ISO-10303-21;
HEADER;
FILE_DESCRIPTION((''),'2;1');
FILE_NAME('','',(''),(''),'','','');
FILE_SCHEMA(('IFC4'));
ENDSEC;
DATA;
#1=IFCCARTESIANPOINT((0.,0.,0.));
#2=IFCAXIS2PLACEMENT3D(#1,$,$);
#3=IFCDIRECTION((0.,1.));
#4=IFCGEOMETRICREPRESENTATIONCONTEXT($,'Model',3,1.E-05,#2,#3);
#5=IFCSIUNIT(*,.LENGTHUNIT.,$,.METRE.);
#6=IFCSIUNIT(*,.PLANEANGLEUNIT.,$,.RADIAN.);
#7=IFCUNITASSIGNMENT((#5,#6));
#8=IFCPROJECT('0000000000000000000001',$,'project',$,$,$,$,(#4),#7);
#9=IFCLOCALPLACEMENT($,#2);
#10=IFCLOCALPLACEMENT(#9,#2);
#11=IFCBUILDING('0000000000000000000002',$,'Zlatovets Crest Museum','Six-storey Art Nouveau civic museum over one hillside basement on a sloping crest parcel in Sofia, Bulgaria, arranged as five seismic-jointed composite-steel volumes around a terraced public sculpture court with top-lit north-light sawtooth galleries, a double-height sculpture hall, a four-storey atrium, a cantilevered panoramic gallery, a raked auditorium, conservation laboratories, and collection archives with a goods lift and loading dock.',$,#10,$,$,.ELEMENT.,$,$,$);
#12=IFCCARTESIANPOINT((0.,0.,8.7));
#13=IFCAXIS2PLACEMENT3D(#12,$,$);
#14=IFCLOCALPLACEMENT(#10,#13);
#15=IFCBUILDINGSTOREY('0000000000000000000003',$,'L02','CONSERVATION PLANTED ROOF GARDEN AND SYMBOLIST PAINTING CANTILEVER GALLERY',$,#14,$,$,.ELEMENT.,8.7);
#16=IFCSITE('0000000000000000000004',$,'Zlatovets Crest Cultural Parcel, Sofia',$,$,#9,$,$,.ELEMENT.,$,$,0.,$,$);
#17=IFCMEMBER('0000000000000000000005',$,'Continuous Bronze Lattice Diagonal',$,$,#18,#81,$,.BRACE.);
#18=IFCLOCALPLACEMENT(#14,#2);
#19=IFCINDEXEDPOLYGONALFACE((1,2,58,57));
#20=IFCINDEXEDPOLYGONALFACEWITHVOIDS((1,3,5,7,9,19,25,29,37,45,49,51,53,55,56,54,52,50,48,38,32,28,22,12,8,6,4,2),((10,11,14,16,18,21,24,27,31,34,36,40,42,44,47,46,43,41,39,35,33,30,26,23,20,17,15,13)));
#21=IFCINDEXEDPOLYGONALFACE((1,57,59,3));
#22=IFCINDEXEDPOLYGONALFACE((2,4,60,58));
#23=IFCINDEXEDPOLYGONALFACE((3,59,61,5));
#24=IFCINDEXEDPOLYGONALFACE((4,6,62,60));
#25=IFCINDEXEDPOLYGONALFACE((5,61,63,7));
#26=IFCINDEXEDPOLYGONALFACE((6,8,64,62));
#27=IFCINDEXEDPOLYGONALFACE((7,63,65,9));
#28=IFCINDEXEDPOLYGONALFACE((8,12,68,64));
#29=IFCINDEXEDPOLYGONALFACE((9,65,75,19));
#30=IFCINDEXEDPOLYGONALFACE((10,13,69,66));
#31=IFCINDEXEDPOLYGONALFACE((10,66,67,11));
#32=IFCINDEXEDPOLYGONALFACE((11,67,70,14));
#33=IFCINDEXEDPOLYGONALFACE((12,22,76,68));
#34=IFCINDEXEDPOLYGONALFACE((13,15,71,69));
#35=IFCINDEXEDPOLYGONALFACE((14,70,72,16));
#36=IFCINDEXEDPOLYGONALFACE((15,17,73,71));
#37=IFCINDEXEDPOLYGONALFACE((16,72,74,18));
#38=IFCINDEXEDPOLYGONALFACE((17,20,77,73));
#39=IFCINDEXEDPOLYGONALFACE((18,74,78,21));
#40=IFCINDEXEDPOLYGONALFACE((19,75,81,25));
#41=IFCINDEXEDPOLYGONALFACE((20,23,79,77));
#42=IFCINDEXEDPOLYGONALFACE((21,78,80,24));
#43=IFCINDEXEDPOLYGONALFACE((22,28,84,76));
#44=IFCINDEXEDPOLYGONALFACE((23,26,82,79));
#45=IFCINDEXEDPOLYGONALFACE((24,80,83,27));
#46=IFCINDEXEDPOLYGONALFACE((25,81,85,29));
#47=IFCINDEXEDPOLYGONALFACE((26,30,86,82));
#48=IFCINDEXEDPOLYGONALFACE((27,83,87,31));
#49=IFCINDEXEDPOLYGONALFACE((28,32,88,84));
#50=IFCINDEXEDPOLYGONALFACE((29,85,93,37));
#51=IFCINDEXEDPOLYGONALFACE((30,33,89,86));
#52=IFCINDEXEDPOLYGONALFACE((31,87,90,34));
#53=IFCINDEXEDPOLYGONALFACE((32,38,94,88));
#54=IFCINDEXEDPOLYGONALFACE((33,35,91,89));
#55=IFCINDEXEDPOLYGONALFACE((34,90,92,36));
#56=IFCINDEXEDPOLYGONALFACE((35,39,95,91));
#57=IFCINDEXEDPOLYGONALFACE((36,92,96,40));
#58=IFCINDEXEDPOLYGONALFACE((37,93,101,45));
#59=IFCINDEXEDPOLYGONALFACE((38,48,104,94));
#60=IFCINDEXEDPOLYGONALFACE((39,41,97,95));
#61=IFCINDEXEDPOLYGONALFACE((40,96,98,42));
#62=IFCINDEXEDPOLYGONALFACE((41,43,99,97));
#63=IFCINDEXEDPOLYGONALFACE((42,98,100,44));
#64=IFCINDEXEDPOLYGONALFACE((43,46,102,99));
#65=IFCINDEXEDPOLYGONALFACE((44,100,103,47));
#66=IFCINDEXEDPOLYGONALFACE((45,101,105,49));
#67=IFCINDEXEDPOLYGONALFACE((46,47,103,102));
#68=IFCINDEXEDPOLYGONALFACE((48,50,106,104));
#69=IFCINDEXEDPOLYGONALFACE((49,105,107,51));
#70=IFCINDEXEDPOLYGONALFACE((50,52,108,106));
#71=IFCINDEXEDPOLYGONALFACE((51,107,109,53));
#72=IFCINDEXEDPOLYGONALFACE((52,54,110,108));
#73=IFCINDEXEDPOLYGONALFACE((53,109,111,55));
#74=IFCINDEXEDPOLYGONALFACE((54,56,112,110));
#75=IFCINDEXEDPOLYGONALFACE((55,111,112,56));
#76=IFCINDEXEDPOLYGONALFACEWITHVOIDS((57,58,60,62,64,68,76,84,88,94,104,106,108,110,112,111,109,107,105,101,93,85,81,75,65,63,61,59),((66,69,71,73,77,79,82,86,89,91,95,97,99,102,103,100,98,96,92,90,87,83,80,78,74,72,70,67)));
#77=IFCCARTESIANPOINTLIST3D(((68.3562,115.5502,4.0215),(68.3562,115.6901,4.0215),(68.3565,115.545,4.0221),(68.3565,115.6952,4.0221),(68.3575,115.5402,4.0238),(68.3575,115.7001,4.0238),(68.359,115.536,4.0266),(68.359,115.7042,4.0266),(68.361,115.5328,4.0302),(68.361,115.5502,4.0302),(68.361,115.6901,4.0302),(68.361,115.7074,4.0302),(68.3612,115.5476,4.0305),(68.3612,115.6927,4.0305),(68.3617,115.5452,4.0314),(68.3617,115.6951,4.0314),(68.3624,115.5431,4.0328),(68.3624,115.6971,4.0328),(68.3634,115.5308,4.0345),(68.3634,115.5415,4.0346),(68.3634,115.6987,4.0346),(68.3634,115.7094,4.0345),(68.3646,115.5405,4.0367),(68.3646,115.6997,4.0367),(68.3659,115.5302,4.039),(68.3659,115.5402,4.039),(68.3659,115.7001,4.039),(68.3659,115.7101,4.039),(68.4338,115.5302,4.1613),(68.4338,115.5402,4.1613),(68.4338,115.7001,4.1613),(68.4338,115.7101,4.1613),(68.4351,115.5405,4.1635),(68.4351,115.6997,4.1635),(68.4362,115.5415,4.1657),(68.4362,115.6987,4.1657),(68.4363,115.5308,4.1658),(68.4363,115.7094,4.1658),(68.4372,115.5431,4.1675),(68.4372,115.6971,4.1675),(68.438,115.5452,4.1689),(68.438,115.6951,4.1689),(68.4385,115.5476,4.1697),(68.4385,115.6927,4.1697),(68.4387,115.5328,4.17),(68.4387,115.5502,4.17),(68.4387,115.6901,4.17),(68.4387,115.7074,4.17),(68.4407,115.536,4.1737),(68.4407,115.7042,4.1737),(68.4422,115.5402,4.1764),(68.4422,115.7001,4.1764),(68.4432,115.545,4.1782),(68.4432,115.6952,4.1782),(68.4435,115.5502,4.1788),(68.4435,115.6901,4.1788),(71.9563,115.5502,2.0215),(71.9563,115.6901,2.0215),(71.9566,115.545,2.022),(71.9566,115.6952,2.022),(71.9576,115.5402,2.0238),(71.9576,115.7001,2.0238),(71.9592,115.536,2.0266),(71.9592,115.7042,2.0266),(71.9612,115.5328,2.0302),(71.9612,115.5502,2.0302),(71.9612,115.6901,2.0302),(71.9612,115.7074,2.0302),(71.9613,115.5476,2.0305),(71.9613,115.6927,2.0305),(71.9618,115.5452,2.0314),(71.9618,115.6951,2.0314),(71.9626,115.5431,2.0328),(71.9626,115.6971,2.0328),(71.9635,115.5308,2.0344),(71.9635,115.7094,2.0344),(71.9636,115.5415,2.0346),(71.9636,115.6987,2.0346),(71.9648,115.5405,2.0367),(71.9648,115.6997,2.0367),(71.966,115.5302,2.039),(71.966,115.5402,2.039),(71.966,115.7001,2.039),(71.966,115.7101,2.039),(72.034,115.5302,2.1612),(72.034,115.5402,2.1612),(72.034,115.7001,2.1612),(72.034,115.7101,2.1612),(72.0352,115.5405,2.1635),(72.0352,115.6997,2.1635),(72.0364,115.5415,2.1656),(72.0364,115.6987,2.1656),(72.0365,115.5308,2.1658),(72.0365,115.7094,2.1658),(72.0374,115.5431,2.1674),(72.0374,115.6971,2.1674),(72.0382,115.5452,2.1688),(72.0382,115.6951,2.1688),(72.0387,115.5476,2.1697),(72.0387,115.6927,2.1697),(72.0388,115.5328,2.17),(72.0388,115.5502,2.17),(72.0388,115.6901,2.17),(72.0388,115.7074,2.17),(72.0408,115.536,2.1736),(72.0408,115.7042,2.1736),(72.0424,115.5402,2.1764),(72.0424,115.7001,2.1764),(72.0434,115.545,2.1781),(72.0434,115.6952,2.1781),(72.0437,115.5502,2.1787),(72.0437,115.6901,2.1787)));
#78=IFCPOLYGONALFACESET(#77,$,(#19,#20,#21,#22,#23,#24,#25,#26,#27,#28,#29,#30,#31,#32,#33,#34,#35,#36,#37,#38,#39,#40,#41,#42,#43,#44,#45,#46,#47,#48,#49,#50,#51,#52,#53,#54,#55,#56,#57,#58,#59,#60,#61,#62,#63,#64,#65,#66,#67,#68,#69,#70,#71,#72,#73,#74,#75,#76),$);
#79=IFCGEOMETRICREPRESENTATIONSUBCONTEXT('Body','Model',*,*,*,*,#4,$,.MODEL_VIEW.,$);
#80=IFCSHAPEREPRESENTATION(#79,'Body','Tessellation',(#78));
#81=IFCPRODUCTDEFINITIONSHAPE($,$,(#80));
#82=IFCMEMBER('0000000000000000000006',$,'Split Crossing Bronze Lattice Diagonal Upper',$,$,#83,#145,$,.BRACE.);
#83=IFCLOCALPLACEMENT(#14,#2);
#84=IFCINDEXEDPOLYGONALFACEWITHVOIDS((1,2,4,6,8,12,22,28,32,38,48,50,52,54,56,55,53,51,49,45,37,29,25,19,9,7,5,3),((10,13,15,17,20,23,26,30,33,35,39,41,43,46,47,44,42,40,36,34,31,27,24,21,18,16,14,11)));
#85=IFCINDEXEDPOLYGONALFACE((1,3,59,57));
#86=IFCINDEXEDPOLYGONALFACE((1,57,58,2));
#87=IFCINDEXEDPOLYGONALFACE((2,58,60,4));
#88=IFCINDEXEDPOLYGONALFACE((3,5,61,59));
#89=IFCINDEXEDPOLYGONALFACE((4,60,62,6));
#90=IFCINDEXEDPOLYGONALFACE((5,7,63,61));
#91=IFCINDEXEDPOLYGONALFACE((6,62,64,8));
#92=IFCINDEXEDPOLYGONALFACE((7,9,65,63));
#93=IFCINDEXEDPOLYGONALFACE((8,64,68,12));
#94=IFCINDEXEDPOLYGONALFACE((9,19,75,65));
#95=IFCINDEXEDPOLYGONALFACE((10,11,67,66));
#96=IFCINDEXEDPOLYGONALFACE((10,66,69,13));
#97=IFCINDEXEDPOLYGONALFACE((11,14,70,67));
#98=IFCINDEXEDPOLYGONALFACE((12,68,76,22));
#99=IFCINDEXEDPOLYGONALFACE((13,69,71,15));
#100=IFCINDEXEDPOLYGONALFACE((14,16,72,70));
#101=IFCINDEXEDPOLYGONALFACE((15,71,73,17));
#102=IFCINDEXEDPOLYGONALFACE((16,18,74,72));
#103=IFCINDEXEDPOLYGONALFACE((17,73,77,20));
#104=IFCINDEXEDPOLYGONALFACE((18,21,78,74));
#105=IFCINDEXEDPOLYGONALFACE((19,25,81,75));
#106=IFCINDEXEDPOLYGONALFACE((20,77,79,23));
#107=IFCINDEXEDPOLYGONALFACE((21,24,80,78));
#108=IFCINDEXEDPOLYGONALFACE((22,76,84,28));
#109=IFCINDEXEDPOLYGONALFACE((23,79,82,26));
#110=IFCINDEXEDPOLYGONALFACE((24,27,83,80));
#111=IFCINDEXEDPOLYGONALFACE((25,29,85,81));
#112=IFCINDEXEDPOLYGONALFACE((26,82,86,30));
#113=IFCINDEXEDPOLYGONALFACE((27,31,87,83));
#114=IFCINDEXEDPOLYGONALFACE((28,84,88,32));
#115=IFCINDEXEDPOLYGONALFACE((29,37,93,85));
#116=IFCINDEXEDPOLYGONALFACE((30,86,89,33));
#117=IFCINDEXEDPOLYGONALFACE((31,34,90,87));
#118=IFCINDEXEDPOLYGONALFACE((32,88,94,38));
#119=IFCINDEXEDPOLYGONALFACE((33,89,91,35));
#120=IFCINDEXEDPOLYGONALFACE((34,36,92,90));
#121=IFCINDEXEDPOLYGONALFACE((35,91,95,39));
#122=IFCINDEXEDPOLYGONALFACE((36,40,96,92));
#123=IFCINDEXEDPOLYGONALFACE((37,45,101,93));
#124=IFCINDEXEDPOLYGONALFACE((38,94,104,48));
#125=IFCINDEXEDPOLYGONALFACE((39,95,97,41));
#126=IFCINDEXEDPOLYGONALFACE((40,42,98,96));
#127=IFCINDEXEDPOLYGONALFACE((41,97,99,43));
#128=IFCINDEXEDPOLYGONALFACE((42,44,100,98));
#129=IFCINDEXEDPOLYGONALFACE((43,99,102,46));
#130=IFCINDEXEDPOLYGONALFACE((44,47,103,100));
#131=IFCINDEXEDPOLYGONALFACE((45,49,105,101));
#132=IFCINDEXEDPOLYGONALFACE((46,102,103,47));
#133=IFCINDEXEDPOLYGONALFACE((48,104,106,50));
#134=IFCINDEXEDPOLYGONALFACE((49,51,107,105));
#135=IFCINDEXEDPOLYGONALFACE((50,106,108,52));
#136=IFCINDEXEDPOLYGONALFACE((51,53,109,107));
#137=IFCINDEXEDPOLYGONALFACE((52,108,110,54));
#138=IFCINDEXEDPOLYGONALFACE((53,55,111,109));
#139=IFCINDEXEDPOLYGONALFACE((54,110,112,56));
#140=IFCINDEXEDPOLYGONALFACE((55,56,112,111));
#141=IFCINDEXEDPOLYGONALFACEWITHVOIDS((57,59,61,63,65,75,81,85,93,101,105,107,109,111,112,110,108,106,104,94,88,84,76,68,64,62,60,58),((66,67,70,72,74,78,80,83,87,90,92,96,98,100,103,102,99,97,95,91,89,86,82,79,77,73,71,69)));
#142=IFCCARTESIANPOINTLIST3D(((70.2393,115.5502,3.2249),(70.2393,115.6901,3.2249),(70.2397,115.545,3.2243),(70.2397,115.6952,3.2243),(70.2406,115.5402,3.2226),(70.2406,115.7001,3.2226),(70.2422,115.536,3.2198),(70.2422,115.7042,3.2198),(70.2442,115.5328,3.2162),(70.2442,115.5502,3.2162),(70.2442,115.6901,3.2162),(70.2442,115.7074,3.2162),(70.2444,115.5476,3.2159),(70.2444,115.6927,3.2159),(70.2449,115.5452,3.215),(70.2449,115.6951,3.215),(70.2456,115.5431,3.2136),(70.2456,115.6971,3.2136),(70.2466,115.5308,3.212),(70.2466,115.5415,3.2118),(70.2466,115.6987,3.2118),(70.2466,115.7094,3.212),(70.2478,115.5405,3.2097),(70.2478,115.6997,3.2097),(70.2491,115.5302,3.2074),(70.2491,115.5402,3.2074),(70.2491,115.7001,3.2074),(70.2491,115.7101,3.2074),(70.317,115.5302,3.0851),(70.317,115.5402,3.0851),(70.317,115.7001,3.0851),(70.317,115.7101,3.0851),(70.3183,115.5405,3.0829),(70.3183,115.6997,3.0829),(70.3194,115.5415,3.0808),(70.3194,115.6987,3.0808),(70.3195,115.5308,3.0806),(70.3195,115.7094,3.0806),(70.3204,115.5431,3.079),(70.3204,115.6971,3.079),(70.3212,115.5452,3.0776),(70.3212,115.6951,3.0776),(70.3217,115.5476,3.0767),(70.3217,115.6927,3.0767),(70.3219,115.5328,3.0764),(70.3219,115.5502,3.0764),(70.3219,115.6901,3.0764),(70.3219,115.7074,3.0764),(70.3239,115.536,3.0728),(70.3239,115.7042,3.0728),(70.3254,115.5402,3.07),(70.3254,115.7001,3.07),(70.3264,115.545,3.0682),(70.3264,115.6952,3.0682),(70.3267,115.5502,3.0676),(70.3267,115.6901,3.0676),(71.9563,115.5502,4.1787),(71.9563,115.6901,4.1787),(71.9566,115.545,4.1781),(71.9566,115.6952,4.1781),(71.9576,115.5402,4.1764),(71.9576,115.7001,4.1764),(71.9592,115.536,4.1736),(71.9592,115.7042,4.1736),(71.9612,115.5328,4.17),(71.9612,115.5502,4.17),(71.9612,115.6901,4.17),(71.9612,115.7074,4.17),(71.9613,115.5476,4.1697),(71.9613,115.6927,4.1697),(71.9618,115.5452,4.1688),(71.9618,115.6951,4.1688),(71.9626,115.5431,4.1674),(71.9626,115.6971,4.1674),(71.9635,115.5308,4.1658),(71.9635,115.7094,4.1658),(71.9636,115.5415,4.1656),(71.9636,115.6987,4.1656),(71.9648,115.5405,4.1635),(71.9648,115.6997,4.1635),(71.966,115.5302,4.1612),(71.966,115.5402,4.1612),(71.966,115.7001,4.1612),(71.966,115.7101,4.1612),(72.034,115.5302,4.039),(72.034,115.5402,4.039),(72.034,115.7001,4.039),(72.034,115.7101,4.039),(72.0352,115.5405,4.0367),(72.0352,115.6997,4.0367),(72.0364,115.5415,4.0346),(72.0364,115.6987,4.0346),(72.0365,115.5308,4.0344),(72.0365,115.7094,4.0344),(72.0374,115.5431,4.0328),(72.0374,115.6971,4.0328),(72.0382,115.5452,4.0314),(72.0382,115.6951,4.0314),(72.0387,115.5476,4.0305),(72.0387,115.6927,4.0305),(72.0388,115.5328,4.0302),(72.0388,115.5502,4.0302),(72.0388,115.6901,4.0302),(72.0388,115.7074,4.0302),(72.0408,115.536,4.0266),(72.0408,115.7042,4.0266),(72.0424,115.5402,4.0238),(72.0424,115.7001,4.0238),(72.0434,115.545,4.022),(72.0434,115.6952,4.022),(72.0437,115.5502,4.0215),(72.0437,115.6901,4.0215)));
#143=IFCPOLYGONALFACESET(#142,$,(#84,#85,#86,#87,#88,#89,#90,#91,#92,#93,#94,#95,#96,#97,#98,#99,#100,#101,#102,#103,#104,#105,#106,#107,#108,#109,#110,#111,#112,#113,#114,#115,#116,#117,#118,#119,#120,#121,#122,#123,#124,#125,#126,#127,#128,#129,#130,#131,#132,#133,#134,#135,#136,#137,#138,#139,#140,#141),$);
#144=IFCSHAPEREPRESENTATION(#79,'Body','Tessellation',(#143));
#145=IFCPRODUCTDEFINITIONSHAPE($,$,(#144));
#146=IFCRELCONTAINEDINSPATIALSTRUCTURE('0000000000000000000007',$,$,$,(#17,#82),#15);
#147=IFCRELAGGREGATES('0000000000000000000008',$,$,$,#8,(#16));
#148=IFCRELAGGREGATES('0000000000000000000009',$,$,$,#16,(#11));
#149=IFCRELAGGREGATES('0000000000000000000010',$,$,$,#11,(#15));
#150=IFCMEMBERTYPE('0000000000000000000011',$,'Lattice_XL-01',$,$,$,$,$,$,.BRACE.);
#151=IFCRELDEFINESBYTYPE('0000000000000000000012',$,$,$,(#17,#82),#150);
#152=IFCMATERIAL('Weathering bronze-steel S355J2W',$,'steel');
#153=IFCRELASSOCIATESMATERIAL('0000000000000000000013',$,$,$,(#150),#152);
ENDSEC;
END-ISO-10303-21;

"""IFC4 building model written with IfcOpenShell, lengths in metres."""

from ifc_helpers import new_model, si_unit, direction, frame, origin, origin_2d, place, context, subcontext, project, spatial, hollow_rectangle, extrude, material, material_profile, profile_set, type_object, element, save


model = new_model("IFC4")

# Units and contexts
model_context = context("Model", 3, precision=1e-05, world=origin(), true_north=direction((0.0, 1.0)))
body_context = subcontext(model_context, "Body", "Model", "MODEL_VIEW")
ifc_project = project(units=[si_unit("LENGTHUNIT", "METRE"), si_unit("PLANEANGLEUNIT", "RADIAN")], contexts=[model_context])

# Site, building, storey
site_placement = place(None, origin())
site = spatial("IfcSite", under=ifc_project, at=site_placement, Name="Zlatovets Crest Cultural Parcel, Sofia", CompositionType="ELEMENT", RefElevation=0.0)
building_placement = place(site_placement, origin())
building = spatial("IfcBuilding", under=site, at=building_placement, Name="Zlatovets Crest Museum", Description="Six-storey Art Nouveau civic museum over one hillside basement on a sloping crest parcel in Sofia, Bulgaria, arranged as five seismic-jointed composite-steel volumes around a terraced public sculpture court with top-lit north-light sawtooth galleries, a double-height sculpture hall, a four-storey atrium, a cantilevered panoramic gallery, a raked auditorium, conservation laboratories, and collection archives with a goods lift and loading dock.", CompositionType="ELEMENT")
storey_placement = place(building_placement, frame((0.0, 0.0, 8.7)))
storey = spatial("IfcBuildingStorey", under=building, at=storey_placement, Name="L02", Description="CONSERVATION PLANTED ROOF GARDEN AND SYMBOLIST PAINTING CANTILEVER GALLERY", CompositionType="ELEMENT", Elevation=8.7)

# Members
ifc_material_1 = material(Name="Weathering bronze-steel S355J2W", Category="steel")
ifc_material_profile_1 = material_profile(ifc_material_1, hollow_rectangle(XDim=0.1799, YDim=0.1799, WallThickness=0.01, InnerFilletRadius=0.01, OuterFilletRadius=0.02, at=origin_2d()), Name="SHS 180x180x10.0")
ifc_profile_set_1 = profile_set([ifc_material_profile_1], Name="Weathering bronze-steel S355J2W")
member_type_1 = type_object("IfcMemberType", Name="Lattice_XL-01", PredefinedType="BRACE", material=ifc_profile_set_1)
member_1_placement = place(storey_placement, frame((72.0, 115.6201, 2.1001), z_axis=(-0.874163, 0.0, 0.485633), x_axis=(0.0, -1.0, 0.0)))
element("IfcMember", 1, at=member_1_placement, inside=storey, type_object=member_type_1, Name="Continuous Bronze Lattice Diagonal", PredefinedType="BRACE", context=body_context, shape_type="SweptSolid", body=[
    extrude(hollow_rectangle(XDim=0.1799, YDim=0.1799, WallThickness=0.01, InnerFilletRadius=0.01, OuterFilletRadius=0.02, at=origin_2d()), origin(), (0.0, 0.0, 1.0), 4.1184),
])
for number, where, z_axis, x_axis, name in (
    (2, (72.0, 115.6201, 4.1001), (-0.874169, 0.0, -0.485622), (0.0, -1.0, 0.0), "Split Crossing Bronze Lattice Diagonal Upper"),
):
    element("IfcMember", number, at=place(storey_placement, frame(where, z_axis=z_axis, x_axis=x_axis)), inside=storey, type_object=member_type_1, Name=name, PredefinedType="BRACE", context=body_context, shape_type="SweptSolid", body=[
        extrude(hollow_rectangle(XDim=0.1799, YDim=0.1799, WallThickness=0.01, InnerFilletRadius=0.01, OuterFilletRadius=0.02, at=origin_2d()), origin(), (0.0, 0.0, 1.0), 1.9641),
    ])

save(model, "model.ifc")
